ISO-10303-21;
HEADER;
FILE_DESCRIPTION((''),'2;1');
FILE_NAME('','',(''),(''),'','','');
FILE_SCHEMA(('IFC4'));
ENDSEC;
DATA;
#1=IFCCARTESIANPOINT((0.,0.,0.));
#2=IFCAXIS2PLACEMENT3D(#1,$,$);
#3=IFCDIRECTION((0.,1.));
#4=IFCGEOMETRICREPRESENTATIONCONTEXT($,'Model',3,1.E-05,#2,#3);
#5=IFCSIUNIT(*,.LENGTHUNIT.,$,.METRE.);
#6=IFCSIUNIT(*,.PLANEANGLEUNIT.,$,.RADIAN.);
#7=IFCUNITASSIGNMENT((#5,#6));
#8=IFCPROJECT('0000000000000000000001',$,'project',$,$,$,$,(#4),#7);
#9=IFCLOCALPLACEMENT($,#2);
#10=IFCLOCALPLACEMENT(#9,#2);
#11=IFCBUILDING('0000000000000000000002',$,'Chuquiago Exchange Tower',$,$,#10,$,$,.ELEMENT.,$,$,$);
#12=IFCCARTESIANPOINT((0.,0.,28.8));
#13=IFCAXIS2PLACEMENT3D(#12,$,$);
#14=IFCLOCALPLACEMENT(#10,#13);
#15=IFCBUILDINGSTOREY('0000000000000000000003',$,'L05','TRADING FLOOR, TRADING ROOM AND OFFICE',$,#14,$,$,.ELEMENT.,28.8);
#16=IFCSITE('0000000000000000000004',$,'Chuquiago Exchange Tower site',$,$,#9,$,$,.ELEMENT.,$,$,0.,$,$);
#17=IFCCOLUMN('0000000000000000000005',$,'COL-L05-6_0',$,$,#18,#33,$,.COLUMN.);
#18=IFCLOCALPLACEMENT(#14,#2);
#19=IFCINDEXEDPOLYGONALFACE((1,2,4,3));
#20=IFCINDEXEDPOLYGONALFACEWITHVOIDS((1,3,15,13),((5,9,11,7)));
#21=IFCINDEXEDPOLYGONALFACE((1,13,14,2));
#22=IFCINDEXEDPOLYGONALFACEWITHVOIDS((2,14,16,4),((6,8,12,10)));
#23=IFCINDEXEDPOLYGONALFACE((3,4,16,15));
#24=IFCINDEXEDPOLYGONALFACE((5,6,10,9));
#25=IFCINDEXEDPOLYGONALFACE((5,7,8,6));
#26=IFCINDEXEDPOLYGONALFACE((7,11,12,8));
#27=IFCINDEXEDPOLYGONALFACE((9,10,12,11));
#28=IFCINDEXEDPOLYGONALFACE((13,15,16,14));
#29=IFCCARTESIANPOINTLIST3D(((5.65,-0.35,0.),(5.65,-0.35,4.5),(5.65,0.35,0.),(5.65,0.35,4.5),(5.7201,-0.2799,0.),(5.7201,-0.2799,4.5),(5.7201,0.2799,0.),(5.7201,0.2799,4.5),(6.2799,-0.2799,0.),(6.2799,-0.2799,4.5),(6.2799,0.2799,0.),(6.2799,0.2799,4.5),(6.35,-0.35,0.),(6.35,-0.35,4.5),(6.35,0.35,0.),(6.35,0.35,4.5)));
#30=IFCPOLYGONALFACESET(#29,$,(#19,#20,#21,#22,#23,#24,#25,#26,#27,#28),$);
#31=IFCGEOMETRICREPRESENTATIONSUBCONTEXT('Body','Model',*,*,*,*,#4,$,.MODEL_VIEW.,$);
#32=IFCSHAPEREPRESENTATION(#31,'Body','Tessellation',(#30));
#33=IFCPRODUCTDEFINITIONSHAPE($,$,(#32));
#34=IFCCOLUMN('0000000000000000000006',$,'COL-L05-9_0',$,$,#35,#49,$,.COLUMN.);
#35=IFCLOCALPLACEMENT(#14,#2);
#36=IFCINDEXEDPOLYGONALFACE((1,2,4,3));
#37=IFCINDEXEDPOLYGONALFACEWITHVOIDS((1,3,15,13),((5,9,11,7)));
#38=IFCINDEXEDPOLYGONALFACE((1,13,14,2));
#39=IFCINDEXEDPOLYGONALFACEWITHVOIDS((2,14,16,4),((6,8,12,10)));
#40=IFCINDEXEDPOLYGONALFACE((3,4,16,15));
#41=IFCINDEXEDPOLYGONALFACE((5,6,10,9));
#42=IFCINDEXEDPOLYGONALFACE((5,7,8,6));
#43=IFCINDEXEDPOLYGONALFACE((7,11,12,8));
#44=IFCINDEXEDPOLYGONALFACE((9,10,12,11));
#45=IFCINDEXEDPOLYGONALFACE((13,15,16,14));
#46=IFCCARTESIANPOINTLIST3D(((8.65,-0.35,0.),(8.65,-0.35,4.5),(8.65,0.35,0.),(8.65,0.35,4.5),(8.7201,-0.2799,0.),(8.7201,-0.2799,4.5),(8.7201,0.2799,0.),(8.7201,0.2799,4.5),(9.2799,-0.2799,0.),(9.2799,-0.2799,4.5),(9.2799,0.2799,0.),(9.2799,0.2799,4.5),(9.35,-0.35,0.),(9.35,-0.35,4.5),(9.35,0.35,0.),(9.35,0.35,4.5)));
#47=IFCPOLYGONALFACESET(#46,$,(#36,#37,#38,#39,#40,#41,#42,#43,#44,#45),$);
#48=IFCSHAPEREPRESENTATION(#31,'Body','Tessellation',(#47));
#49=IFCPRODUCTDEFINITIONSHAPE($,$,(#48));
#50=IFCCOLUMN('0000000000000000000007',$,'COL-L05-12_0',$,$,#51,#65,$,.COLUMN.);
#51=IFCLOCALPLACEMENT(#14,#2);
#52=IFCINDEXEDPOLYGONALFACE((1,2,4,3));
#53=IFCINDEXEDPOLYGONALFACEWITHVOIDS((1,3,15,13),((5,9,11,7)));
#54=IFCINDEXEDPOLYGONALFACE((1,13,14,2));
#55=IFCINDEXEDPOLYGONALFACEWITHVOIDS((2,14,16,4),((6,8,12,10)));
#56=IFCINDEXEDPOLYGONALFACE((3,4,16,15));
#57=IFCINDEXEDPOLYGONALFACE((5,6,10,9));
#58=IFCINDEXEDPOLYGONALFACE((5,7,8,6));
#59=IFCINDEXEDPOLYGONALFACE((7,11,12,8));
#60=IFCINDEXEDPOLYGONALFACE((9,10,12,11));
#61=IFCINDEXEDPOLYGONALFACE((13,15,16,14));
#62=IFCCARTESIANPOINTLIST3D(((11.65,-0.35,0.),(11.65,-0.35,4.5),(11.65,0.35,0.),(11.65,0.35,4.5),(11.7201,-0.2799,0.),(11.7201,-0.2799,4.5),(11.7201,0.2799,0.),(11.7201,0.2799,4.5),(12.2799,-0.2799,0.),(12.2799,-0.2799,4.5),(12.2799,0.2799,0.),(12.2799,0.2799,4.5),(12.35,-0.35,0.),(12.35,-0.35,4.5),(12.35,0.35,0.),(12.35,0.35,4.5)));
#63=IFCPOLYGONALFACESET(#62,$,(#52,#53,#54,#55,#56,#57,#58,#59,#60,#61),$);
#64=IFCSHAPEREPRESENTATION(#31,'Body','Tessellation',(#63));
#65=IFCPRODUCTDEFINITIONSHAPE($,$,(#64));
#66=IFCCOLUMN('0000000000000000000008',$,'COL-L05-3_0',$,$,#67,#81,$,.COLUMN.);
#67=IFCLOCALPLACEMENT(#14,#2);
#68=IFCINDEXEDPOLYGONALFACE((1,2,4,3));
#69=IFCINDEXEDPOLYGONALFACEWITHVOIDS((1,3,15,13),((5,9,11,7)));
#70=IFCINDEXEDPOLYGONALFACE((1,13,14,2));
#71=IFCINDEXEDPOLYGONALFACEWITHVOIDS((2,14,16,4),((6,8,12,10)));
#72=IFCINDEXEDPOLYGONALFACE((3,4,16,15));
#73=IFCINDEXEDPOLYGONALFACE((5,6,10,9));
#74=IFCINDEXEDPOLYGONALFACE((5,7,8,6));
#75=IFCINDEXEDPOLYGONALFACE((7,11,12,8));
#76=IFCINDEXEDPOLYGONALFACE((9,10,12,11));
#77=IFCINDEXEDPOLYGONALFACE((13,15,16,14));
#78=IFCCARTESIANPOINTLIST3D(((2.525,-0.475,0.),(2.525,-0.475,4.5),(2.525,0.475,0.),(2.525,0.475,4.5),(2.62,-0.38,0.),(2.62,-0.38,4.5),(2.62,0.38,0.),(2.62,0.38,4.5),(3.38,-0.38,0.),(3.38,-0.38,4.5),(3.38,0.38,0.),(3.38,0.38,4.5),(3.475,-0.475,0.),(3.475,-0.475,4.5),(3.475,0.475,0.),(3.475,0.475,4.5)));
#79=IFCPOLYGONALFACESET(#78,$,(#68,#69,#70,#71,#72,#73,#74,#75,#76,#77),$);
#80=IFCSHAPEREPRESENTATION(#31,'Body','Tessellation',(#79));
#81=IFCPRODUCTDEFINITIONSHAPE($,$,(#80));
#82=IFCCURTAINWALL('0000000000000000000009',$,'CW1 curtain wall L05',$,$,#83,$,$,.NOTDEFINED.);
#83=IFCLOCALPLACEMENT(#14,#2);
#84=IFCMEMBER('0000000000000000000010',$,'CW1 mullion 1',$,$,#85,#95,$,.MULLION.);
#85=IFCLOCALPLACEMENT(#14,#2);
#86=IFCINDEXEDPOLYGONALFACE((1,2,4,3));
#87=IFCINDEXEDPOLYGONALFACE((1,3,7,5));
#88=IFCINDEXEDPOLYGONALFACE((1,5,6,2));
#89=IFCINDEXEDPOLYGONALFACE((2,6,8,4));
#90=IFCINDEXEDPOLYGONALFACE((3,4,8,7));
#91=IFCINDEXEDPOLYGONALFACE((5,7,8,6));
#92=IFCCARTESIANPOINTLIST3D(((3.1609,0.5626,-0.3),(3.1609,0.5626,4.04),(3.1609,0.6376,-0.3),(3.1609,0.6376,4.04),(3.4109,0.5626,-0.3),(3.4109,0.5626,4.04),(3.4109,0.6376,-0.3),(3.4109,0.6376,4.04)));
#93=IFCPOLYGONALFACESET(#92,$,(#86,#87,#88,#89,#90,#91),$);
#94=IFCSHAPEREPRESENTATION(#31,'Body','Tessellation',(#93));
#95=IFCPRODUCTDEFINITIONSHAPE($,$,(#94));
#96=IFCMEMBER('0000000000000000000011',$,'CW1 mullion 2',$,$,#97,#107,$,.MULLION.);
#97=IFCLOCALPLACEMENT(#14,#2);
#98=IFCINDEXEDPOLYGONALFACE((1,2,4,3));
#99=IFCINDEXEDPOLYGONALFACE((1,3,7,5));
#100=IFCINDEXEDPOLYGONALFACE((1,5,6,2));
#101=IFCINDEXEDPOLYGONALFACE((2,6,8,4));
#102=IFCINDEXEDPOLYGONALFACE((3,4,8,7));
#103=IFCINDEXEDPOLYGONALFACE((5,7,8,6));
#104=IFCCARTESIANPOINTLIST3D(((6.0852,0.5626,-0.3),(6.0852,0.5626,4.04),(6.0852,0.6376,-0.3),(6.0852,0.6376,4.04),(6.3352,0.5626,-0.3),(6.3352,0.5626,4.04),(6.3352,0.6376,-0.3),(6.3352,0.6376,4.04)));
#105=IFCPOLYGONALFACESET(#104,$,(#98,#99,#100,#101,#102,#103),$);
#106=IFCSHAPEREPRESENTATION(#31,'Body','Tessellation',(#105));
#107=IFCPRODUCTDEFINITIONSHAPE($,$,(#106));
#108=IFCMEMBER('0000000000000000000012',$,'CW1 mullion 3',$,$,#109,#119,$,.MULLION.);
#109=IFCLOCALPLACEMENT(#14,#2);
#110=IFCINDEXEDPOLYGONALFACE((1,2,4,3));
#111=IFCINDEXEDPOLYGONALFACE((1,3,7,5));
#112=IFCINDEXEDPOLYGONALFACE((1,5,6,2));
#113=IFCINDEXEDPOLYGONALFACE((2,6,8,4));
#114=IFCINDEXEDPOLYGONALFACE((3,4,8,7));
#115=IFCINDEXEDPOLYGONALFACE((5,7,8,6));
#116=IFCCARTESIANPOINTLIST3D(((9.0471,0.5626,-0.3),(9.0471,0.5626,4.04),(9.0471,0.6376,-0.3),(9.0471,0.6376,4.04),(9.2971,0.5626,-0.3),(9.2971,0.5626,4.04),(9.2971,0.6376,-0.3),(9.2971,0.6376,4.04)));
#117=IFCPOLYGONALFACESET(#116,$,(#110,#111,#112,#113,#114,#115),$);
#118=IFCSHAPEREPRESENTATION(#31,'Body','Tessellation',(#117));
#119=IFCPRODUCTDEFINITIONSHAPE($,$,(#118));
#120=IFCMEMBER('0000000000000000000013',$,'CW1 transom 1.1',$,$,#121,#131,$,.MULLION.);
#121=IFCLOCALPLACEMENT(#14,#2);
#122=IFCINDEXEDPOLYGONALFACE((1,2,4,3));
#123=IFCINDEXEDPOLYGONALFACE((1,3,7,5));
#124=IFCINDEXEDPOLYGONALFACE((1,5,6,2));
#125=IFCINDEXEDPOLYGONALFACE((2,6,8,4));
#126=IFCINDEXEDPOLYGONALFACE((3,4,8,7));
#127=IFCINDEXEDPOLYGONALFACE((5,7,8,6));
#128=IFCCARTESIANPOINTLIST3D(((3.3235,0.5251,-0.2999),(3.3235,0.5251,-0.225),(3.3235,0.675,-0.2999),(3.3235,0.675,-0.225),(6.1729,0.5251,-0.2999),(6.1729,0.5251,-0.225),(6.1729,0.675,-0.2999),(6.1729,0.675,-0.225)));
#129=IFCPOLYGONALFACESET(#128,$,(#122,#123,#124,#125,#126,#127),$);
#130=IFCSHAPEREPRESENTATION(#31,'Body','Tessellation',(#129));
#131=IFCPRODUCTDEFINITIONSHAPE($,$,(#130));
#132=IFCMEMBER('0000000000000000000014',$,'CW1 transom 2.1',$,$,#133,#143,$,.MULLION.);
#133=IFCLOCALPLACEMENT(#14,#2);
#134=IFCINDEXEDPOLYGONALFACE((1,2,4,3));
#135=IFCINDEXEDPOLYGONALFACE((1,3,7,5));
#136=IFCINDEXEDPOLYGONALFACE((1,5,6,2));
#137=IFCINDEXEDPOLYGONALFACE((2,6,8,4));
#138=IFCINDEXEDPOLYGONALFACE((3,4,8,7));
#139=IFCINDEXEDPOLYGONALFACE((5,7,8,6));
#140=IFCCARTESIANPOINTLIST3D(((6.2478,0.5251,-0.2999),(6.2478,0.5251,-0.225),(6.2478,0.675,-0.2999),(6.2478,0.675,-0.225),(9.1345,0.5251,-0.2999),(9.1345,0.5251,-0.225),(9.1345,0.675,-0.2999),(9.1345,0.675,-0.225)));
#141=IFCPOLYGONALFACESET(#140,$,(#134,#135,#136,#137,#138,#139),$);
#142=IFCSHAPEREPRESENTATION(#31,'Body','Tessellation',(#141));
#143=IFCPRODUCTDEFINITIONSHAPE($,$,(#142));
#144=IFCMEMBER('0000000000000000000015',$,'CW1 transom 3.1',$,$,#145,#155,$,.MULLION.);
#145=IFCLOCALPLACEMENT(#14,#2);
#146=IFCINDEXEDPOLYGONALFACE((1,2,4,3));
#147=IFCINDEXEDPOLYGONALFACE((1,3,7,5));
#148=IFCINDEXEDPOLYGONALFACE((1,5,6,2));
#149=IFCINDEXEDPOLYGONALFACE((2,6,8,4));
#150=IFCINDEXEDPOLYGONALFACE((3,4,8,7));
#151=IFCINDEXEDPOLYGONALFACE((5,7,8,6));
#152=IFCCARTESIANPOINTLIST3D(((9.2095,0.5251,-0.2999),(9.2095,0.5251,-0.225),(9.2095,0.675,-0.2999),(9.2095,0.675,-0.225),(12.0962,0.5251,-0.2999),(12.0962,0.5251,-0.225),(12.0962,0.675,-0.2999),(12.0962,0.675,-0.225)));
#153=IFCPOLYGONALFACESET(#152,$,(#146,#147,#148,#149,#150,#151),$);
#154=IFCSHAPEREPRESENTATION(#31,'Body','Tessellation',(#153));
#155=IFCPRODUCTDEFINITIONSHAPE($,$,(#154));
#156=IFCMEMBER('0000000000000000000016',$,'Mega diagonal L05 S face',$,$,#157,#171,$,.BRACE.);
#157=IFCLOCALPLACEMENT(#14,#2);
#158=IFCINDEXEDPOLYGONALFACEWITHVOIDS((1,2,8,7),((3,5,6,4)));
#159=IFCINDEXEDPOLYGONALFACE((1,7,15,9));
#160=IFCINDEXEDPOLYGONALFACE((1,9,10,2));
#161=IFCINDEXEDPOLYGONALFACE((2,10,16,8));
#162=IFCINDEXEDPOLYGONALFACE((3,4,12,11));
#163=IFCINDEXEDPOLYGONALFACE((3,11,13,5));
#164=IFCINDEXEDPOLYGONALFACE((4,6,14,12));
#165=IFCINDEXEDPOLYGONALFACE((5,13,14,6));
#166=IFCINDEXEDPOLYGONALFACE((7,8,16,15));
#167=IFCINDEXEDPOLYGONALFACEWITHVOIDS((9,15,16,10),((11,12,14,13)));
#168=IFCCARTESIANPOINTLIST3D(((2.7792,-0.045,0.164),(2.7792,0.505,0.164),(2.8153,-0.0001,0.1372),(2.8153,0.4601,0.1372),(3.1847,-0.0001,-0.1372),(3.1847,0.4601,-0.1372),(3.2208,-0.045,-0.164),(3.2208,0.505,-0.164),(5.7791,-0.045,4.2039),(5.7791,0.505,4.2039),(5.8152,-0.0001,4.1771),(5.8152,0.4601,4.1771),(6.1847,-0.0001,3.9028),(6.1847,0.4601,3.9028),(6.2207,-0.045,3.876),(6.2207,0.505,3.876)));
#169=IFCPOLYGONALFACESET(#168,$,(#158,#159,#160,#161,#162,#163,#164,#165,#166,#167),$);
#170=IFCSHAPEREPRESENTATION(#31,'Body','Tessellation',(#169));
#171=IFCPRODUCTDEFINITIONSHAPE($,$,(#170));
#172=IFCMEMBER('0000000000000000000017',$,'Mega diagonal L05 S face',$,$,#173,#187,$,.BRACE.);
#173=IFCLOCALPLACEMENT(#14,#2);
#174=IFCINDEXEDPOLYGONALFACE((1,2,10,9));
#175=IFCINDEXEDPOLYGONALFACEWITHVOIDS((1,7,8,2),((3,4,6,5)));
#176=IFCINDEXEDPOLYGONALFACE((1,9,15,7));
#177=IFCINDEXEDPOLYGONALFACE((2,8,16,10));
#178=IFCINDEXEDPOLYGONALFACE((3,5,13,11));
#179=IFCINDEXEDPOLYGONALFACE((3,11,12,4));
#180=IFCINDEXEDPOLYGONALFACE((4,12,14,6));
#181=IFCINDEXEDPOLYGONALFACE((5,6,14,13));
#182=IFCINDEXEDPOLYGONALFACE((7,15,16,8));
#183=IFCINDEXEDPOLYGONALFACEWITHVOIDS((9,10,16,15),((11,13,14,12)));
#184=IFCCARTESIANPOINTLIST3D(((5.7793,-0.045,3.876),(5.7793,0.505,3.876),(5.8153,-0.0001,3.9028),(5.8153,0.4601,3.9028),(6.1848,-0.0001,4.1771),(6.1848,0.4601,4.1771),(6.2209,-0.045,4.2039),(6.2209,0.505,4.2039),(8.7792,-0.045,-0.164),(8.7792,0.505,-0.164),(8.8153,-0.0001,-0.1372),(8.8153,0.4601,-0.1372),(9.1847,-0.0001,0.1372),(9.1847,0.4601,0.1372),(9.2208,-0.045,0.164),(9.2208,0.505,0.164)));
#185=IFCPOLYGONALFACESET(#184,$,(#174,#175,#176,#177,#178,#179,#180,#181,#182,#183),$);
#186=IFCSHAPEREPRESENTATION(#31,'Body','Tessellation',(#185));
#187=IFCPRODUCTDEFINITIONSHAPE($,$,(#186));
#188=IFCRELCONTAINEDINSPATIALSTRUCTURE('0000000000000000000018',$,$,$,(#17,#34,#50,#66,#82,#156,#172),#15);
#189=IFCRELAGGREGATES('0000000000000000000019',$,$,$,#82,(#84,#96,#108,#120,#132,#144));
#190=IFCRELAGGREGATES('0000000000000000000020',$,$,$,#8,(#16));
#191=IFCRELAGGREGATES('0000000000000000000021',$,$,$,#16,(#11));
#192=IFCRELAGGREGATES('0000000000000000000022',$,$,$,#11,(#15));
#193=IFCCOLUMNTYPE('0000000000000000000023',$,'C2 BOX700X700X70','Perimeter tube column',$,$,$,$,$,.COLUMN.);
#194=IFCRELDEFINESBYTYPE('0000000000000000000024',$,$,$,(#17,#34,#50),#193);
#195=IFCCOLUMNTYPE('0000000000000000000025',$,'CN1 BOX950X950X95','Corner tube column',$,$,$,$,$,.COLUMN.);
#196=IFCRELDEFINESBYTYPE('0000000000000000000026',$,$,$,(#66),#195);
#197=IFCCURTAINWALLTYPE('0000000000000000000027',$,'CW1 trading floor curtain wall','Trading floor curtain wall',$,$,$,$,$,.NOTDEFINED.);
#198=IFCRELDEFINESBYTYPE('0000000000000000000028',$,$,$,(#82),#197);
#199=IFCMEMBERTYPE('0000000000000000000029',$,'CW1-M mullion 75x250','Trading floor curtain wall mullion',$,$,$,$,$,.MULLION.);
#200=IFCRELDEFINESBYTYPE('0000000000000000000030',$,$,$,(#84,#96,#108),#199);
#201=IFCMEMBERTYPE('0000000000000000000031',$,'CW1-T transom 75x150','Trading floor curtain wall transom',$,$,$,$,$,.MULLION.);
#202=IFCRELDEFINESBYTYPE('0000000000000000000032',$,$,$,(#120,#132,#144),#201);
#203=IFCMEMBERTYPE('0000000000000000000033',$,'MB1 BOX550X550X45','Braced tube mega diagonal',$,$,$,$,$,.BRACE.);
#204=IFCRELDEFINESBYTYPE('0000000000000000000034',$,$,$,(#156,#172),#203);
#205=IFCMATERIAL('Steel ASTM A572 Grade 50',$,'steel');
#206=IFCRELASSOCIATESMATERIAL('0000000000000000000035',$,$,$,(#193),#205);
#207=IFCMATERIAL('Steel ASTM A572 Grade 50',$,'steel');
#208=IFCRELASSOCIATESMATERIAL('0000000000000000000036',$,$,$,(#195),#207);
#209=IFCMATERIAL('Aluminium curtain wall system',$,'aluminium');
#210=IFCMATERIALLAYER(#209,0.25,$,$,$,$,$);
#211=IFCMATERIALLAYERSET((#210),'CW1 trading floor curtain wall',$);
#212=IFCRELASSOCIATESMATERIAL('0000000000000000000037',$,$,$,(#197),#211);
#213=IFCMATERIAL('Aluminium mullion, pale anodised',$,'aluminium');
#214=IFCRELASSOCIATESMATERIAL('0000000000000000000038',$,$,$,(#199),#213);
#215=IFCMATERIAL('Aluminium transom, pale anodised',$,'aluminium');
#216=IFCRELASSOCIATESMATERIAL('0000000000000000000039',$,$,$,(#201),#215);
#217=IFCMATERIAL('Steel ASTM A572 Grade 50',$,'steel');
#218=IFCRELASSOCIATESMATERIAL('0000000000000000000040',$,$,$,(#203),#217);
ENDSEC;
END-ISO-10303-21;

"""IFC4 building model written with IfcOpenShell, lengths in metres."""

from ifc_helpers import new_model, si_unit, direction, frame, origin, origin_2d, place, context, subcontext, project, spatial, rectangle, hollow_rectangle, extrude, material, layer, layer_set, material_profile, profile_set, type_object, element, aggregate, save


model = new_model("IFC4")

# Units and contexts
model_context = context("Model", 3, precision=1e-05, world=origin(), true_north=direction((0.0, 1.0)))
body_context = subcontext(model_context, "Body", "Model", "MODEL_VIEW")
ifc_project = project(units=[si_unit("LENGTHUNIT", "METRE"), si_unit("PLANEANGLEUNIT", "RADIAN")], contexts=[model_context])

# Site, building, storey
site_placement = place(None, origin())
site = spatial("IfcSite", under=ifc_project, at=site_placement, Name="Chuquiago Exchange Tower site", CompositionType="ELEMENT", RefElevation=0.0)
building_placement = place(site_placement, origin())
building = spatial("IfcBuilding", under=site, at=building_placement, Name="Chuquiago Exchange Tower", CompositionType="ELEMENT")
storey_placement = place(building_placement, frame((0.0, 0.0, 28.8)))
storey = spatial("IfcBuildingStorey", under=building, at=storey_placement, Name="L05", Description="TRADING FLOOR, TRADING ROOM AND OFFICE", CompositionType="ELEMENT", Elevation=28.8)

# Columns
ifc_material_1 = material(Name="Steel ASTM A572 Grade 50", Category="steel")
ifc_material_profile_1 = material_profile(ifc_material_1, hollow_rectangle(XDim=0.7, YDim=0.7, WallThickness=0.0701, at=origin_2d()), Name="BOX700X700X70")
ifc_profile_set_1 = profile_set([ifc_material_profile_1], Name="Steel ASTM A572 Grade 50")
column_type_1 = type_object("IfcColumnType", Name="C2 BOX700X700X70", Description="Perimeter tube column", PredefinedType="COLUMN", material=ifc_profile_set_1)
for number, where, z_axis, x_axis, name in (
    (1, (6.0, 0.0, 0.0), (0.0, 0.0, 1.0), (0.0, -1.0, 0.0), "COL-L05-6_0"),
    (2, (9.0, 0.0, 0.0), (0.0, 0.0, 1.0), (0.0, -1.0, 0.0), "COL-L05-9_0"),
    (3, (12.0, 0.0, 0.0), (0.0, 0.0, 1.0), (0.0, -1.0, 0.0), "COL-L05-12_0"),
):
    element("IfcColumn", number, at=place(storey_placement, frame(where, z_axis=z_axis, x_axis=x_axis)), inside=storey, type_object=column_type_1, Name=name, PredefinedType="COLUMN", context=body_context, shape_type="SweptSolid", body=[
        extrude(hollow_rectangle(XDim=0.7, YDim=0.7, WallThickness=0.0701, at=origin_2d()), origin(), (0.0, 0.0, 1.0), 4.5),
    ])
ifc_material_2 = material(Name="Steel ASTM A572 Grade 50", Category="steel")
ifc_material_profile_2 = material_profile(ifc_material_2, hollow_rectangle(XDim=0.95, YDim=0.95, WallThickness=0.095, at=origin_2d()), Name="BOX950X950X95")
ifc_profile_set_2 = profile_set([ifc_material_profile_2], Name="Steel ASTM A572 Grade 50")
column_type_2 = type_object("IfcColumnType", Name="CN1 BOX950X950X95", Description="Corner tube column", PredefinedType="COLUMN", material=ifc_profile_set_2)
column_placement = place(storey_placement, frame((3.0, 0.0, 0.0), z_axis=(0.0, 0.0, 1.0), x_axis=(0.0, -1.0, 0.0)))
element("IfcColumn", 4, at=column_placement, inside=storey, type_object=column_type_2, Name="COL-L05-3_0", PredefinedType="COLUMN", context=body_context, shape_type="SweptSolid", body=[
    extrude(hollow_rectangle(XDim=0.95, YDim=0.95, WallThickness=0.095, at=origin_2d()), origin(), (0.0, 0.0, 1.0), 4.5),
])

# Curtain wall, members
ifc_material_3 = material(Name="Aluminium curtain wall system", Category="aluminium")
ifc_layer_1 = layer(ifc_material_3, 0.25)
ifc_layer_set_1 = layer_set([ifc_layer_1], Name="CW1 trading floor curtain wall")
curtain_wall_type = type_object("IfcCurtainWallType", Name="CW1 trading floor curtain wall", Description="Trading floor curtain wall", PredefinedType="NOTDEFINED", material=ifc_layer_set_1)
curtain_wall_placement = place(storey_placement, origin())
curtain_wall = element("IfcCurtainWall", 5, at=curtain_wall_placement, inside=storey, type_object=curtain_wall_type, Name="CW1 curtain wall L05", PredefinedType="NOTDEFINED")
ifc_material_4 = material(Name="Aluminium mullion, pale anodised", Category="aluminium")
ifc_material_profile_3 = material_profile(ifc_material_4, rectangle(XDim=0.075, YDim=0.25, at=origin_2d()), Name="AL 75x250")
ifc_profile_set_3 = profile_set([ifc_material_profile_3], Name="Aluminium mullion, pale anodised")
member_type_1 = type_object("IfcMemberType", Name="CW1-M mullion 75x250", Description="Trading floor curtain wall mullion", PredefinedType="MULLION", material=ifc_profile_set_3)
member_1_placement = place(storey_placement, frame((3.2859, 0.6001, -0.3), z_axis=(0.0, 0.0, 1.0), x_axis=(0.0, 1.0, 0.0)))
member_1 = element("IfcMember", 6, at=member_1_placement, type_object=member_type_1, Name="CW1 mullion 1", PredefinedType="MULLION", context=body_context, shape_type="SweptSolid", body=[
    extrude(rectangle(XDim=0.075, YDim=0.25, at=origin_2d()), origin(), (0.0, 0.0, 1.0), 4.3401),
])
member_2_placement = place(storey_placement, frame((6.2102, 0.6001, -0.3), z_axis=(0.0, 0.0, 1.0), x_axis=(0.0, 1.0, 0.0)))
member_2 = element("IfcMember", 7, at=member_2_placement, type_object=member_type_1, Name="CW1 mullion 2", PredefinedType="MULLION", context=body_context, shape_type="SweptSolid", body=[
    extrude(rectangle(XDim=0.075, YDim=0.25, at=origin_2d()), origin(), (0.0, 0.0, 1.0), 4.3401),
])
member_3_placement = place(storey_placement, frame((9.1721, 0.6001, -0.3), z_axis=(0.0, 0.0, 1.0), x_axis=(0.0, 1.0, 0.0)))
member_3 = element("IfcMember", 8, at=member_3_placement, type_object=member_type_1, Name="CW1 mullion 3", PredefinedType="MULLION", context=body_context, shape_type="SweptSolid", body=[
    extrude(rectangle(XDim=0.075, YDim=0.25, at=origin_2d()), origin(), (0.0, 0.0, 1.0), 4.3401),
])
ifc_material_5 = material(Name="Aluminium transom, pale anodised", Category="aluminium")
ifc_material_profile_4 = material_profile(ifc_material_5, rectangle(XDim=0.1499, YDim=0.075, at=origin_2d()), Name="AL 150x75")
ifc_profile_set_4 = profile_set([ifc_material_profile_4], Name="Aluminium transom, pale anodised")
member_type_2 = type_object("IfcMemberType", Name="CW1-T transom 75x150", Description="Trading floor curtain wall transom", PredefinedType="MULLION", material=ifc_profile_set_4)
member_4_placement = place(storey_placement, frame((3.3235, 0.6001, -0.2625), z_axis=(1.0, 0.0, 0.0), x_axis=(0.0, 1.0, 0.0)))
member_4 = element("IfcMember", 9, at=member_4_placement, type_object=member_type_2, Name="CW1 transom 1.1", PredefinedType="MULLION", context=body_context, shape_type="SweptSolid", body=[
    extrude(rectangle(XDim=0.1499, YDim=0.075, at=origin_2d()), origin(), (0.0, 0.0, 1.0), 2.8494),
])
member_5_placement = place(storey_placement, frame((6.2478, 0.6001, -0.2625), z_axis=(1.0, 0.0, 0.0), x_axis=(0.0, 1.0, 0.0)))
member_5 = element("IfcMember", 10, at=member_5_placement, type_object=member_type_2, Name="CW1 transom 2.1", PredefinedType="MULLION", context=body_context, shape_type="SweptSolid", body=[
    extrude(rectangle(XDim=0.1499, YDim=0.075, at=origin_2d()), origin(), (0.0, 0.0, 1.0), 2.8867),
])
member_6_placement = place(storey_placement, frame((9.2095, 0.6001, -0.2625), z_axis=(1.0, 0.0, 0.0), x_axis=(0.0, 1.0, 0.0)))
member_6 = element("IfcMember", 11, at=member_6_placement, type_object=member_type_2, Name="CW1 transom 3.1", PredefinedType="MULLION", context=body_context, shape_type="SweptSolid", body=[
    extrude(rectangle(XDim=0.1499, YDim=0.075, at=origin_2d()), origin(), (0.0, 0.0, 1.0), 2.8867),
])

# Members
ifc_material_6 = material(Name="Steel ASTM A572 Grade 50", Category="steel")
ifc_material_profile_5 = material_profile(ifc_material_6, hollow_rectangle(XDim=0.55, YDim=0.55, WallThickness=0.0449, at=origin_2d()), Name="BOX550X550X45")
ifc_profile_set_5 = profile_set([ifc_material_profile_5], Name="Steel ASTM A572 Grade 50")
member_type_3 = type_object("IfcMemberType", Name="MB1 BOX550X550X45", Description="Braced tube mega diagonal", PredefinedType="BRACE", material=ifc_profile_set_5)
for number, where, z_axis, x_axis, name in (
    (12, (3.0, 0.23, 0.0), (0.596174, 0.0, 0.802855), (0.0, 1.0, 0.0), "Mega diagonal L05 S face"),
    (13, (9.0, 0.23, 0.0), (-0.596174, 0.0, 0.802855), (0.0, -1.0, 0.0), "Mega diagonal L05 S face"),
):
    element("IfcMember", number, at=place(storey_placement, frame(where, z_axis=z_axis, x_axis=x_axis)), inside=storey, type_object=member_type_3, Name=name, PredefinedType="BRACE", context=body_context, shape_type="SweptSolid", body=[
        extrude(hollow_rectangle(XDim=0.55, YDim=0.55, WallThickness=0.0449, at=origin_2d()), origin(), (0.0, 0.0, 1.0), 5.032),
    ])

aggregate(curtain_wall, [member_1, member_2, member_3, member_4, member_5, member_6])

save(model, "model.ifc")
